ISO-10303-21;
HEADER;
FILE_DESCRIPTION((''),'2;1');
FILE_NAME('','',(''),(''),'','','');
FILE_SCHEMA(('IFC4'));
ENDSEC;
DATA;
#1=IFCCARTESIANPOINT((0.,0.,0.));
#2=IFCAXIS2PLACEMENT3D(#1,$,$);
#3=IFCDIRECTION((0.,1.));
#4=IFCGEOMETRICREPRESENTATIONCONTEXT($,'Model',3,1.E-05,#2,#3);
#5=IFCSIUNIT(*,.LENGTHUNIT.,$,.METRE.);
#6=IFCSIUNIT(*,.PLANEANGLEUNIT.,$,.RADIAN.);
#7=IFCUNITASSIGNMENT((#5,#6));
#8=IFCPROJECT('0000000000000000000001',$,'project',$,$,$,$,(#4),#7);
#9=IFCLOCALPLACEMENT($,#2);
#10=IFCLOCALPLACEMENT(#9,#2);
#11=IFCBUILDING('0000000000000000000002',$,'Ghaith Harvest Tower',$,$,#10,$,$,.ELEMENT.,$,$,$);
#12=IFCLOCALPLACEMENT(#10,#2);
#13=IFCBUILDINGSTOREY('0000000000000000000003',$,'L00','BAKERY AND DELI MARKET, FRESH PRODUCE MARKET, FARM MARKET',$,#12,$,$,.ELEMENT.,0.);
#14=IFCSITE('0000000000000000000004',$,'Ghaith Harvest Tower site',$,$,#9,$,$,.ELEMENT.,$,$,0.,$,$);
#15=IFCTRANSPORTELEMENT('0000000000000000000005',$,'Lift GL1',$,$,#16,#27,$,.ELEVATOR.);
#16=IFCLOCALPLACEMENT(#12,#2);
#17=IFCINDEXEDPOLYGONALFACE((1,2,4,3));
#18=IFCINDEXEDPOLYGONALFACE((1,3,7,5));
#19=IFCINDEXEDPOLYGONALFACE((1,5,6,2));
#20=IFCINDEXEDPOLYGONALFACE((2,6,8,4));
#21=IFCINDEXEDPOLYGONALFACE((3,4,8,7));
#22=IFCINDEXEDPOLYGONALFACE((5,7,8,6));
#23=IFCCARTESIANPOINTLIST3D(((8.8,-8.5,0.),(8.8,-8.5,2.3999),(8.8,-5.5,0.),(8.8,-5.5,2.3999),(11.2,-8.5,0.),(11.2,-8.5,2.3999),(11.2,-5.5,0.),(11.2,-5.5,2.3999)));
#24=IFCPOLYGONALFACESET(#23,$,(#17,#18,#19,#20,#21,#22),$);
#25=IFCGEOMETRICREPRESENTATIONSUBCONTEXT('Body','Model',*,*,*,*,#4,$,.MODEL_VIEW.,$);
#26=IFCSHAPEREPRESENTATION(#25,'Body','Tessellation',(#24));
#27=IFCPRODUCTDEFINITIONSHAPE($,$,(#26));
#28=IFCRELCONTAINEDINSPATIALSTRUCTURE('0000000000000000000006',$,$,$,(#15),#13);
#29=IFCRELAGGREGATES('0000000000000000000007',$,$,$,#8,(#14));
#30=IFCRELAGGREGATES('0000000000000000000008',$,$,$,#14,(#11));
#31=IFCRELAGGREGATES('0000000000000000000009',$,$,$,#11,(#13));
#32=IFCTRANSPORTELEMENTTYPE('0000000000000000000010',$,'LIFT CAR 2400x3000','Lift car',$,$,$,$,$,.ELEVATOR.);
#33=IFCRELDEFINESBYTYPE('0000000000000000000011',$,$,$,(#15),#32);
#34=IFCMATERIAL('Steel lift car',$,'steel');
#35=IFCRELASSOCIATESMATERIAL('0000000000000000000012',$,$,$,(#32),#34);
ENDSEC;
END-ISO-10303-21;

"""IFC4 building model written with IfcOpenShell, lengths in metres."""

from ifc_helpers import new_model, si_unit, direction, frame, origin, origin_2d, place, context, subcontext, project, spatial, rectangle, extrude, material, type_object, element, save


model = new_model("IFC4")

# Units and contexts
model_context = context("Model", 3, precision=1e-05, world=origin(), true_north=direction((0.0, 1.0)))
body_context = subcontext(model_context, "Body", "Model", "MODEL_VIEW")
ifc_project = project(units=[si_unit("LENGTHUNIT", "METRE"), si_unit("PLANEANGLEUNIT", "RADIAN")], contexts=[model_context])

# Site, building, storey
site_placement = place(None, origin())
site = spatial("IfcSite", under=ifc_project, at=site_placement, Name="Ghaith Harvest Tower site", CompositionType="ELEMENT", RefElevation=0.0)
building_placement = place(site_placement, origin())
building = spatial("IfcBuilding", under=site, at=building_placement, Name="Ghaith Harvest Tower", CompositionType="ELEMENT")
storey_placement = place(building_placement, origin())
storey = spatial("IfcBuildingStorey", under=building, at=storey_placement, Name="L00", Description="BAKERY AND DELI MARKET, FRESH PRODUCE MARKET, FARM MARKET", CompositionType="ELEMENT", Elevation=0.0)

# Transport element
ifc_material_1 = material(Name="Steel lift car", Category="steel")
transport_element_type_1 = type_object("IfcTransportElementType", Name="LIFT CAR 2400x3000", Description="Lift car", PredefinedType="ELEVATOR", material=ifc_material_1)
transport_element_1_placement = place(storey_placement, frame((10.0, -7.0, 0.0), z_axis=(0.0, 0.0, 1.0), x_axis=(1.0, 0.0, 0.0)))
element("IfcTransportElement", 1, at=transport_element_1_placement, inside=storey, type_object=transport_element_type_1, Name="Lift GL1", PredefinedType="ELEVATOR", context=body_context, shape_type="SweptSolid", body=[
    extrude(rectangle(XDim=2.3999, YDim=3.0, at=origin_2d()), origin(), (0.0, 0.0, 1.0), 2.3999),
])

save(model, "model.ifc")
